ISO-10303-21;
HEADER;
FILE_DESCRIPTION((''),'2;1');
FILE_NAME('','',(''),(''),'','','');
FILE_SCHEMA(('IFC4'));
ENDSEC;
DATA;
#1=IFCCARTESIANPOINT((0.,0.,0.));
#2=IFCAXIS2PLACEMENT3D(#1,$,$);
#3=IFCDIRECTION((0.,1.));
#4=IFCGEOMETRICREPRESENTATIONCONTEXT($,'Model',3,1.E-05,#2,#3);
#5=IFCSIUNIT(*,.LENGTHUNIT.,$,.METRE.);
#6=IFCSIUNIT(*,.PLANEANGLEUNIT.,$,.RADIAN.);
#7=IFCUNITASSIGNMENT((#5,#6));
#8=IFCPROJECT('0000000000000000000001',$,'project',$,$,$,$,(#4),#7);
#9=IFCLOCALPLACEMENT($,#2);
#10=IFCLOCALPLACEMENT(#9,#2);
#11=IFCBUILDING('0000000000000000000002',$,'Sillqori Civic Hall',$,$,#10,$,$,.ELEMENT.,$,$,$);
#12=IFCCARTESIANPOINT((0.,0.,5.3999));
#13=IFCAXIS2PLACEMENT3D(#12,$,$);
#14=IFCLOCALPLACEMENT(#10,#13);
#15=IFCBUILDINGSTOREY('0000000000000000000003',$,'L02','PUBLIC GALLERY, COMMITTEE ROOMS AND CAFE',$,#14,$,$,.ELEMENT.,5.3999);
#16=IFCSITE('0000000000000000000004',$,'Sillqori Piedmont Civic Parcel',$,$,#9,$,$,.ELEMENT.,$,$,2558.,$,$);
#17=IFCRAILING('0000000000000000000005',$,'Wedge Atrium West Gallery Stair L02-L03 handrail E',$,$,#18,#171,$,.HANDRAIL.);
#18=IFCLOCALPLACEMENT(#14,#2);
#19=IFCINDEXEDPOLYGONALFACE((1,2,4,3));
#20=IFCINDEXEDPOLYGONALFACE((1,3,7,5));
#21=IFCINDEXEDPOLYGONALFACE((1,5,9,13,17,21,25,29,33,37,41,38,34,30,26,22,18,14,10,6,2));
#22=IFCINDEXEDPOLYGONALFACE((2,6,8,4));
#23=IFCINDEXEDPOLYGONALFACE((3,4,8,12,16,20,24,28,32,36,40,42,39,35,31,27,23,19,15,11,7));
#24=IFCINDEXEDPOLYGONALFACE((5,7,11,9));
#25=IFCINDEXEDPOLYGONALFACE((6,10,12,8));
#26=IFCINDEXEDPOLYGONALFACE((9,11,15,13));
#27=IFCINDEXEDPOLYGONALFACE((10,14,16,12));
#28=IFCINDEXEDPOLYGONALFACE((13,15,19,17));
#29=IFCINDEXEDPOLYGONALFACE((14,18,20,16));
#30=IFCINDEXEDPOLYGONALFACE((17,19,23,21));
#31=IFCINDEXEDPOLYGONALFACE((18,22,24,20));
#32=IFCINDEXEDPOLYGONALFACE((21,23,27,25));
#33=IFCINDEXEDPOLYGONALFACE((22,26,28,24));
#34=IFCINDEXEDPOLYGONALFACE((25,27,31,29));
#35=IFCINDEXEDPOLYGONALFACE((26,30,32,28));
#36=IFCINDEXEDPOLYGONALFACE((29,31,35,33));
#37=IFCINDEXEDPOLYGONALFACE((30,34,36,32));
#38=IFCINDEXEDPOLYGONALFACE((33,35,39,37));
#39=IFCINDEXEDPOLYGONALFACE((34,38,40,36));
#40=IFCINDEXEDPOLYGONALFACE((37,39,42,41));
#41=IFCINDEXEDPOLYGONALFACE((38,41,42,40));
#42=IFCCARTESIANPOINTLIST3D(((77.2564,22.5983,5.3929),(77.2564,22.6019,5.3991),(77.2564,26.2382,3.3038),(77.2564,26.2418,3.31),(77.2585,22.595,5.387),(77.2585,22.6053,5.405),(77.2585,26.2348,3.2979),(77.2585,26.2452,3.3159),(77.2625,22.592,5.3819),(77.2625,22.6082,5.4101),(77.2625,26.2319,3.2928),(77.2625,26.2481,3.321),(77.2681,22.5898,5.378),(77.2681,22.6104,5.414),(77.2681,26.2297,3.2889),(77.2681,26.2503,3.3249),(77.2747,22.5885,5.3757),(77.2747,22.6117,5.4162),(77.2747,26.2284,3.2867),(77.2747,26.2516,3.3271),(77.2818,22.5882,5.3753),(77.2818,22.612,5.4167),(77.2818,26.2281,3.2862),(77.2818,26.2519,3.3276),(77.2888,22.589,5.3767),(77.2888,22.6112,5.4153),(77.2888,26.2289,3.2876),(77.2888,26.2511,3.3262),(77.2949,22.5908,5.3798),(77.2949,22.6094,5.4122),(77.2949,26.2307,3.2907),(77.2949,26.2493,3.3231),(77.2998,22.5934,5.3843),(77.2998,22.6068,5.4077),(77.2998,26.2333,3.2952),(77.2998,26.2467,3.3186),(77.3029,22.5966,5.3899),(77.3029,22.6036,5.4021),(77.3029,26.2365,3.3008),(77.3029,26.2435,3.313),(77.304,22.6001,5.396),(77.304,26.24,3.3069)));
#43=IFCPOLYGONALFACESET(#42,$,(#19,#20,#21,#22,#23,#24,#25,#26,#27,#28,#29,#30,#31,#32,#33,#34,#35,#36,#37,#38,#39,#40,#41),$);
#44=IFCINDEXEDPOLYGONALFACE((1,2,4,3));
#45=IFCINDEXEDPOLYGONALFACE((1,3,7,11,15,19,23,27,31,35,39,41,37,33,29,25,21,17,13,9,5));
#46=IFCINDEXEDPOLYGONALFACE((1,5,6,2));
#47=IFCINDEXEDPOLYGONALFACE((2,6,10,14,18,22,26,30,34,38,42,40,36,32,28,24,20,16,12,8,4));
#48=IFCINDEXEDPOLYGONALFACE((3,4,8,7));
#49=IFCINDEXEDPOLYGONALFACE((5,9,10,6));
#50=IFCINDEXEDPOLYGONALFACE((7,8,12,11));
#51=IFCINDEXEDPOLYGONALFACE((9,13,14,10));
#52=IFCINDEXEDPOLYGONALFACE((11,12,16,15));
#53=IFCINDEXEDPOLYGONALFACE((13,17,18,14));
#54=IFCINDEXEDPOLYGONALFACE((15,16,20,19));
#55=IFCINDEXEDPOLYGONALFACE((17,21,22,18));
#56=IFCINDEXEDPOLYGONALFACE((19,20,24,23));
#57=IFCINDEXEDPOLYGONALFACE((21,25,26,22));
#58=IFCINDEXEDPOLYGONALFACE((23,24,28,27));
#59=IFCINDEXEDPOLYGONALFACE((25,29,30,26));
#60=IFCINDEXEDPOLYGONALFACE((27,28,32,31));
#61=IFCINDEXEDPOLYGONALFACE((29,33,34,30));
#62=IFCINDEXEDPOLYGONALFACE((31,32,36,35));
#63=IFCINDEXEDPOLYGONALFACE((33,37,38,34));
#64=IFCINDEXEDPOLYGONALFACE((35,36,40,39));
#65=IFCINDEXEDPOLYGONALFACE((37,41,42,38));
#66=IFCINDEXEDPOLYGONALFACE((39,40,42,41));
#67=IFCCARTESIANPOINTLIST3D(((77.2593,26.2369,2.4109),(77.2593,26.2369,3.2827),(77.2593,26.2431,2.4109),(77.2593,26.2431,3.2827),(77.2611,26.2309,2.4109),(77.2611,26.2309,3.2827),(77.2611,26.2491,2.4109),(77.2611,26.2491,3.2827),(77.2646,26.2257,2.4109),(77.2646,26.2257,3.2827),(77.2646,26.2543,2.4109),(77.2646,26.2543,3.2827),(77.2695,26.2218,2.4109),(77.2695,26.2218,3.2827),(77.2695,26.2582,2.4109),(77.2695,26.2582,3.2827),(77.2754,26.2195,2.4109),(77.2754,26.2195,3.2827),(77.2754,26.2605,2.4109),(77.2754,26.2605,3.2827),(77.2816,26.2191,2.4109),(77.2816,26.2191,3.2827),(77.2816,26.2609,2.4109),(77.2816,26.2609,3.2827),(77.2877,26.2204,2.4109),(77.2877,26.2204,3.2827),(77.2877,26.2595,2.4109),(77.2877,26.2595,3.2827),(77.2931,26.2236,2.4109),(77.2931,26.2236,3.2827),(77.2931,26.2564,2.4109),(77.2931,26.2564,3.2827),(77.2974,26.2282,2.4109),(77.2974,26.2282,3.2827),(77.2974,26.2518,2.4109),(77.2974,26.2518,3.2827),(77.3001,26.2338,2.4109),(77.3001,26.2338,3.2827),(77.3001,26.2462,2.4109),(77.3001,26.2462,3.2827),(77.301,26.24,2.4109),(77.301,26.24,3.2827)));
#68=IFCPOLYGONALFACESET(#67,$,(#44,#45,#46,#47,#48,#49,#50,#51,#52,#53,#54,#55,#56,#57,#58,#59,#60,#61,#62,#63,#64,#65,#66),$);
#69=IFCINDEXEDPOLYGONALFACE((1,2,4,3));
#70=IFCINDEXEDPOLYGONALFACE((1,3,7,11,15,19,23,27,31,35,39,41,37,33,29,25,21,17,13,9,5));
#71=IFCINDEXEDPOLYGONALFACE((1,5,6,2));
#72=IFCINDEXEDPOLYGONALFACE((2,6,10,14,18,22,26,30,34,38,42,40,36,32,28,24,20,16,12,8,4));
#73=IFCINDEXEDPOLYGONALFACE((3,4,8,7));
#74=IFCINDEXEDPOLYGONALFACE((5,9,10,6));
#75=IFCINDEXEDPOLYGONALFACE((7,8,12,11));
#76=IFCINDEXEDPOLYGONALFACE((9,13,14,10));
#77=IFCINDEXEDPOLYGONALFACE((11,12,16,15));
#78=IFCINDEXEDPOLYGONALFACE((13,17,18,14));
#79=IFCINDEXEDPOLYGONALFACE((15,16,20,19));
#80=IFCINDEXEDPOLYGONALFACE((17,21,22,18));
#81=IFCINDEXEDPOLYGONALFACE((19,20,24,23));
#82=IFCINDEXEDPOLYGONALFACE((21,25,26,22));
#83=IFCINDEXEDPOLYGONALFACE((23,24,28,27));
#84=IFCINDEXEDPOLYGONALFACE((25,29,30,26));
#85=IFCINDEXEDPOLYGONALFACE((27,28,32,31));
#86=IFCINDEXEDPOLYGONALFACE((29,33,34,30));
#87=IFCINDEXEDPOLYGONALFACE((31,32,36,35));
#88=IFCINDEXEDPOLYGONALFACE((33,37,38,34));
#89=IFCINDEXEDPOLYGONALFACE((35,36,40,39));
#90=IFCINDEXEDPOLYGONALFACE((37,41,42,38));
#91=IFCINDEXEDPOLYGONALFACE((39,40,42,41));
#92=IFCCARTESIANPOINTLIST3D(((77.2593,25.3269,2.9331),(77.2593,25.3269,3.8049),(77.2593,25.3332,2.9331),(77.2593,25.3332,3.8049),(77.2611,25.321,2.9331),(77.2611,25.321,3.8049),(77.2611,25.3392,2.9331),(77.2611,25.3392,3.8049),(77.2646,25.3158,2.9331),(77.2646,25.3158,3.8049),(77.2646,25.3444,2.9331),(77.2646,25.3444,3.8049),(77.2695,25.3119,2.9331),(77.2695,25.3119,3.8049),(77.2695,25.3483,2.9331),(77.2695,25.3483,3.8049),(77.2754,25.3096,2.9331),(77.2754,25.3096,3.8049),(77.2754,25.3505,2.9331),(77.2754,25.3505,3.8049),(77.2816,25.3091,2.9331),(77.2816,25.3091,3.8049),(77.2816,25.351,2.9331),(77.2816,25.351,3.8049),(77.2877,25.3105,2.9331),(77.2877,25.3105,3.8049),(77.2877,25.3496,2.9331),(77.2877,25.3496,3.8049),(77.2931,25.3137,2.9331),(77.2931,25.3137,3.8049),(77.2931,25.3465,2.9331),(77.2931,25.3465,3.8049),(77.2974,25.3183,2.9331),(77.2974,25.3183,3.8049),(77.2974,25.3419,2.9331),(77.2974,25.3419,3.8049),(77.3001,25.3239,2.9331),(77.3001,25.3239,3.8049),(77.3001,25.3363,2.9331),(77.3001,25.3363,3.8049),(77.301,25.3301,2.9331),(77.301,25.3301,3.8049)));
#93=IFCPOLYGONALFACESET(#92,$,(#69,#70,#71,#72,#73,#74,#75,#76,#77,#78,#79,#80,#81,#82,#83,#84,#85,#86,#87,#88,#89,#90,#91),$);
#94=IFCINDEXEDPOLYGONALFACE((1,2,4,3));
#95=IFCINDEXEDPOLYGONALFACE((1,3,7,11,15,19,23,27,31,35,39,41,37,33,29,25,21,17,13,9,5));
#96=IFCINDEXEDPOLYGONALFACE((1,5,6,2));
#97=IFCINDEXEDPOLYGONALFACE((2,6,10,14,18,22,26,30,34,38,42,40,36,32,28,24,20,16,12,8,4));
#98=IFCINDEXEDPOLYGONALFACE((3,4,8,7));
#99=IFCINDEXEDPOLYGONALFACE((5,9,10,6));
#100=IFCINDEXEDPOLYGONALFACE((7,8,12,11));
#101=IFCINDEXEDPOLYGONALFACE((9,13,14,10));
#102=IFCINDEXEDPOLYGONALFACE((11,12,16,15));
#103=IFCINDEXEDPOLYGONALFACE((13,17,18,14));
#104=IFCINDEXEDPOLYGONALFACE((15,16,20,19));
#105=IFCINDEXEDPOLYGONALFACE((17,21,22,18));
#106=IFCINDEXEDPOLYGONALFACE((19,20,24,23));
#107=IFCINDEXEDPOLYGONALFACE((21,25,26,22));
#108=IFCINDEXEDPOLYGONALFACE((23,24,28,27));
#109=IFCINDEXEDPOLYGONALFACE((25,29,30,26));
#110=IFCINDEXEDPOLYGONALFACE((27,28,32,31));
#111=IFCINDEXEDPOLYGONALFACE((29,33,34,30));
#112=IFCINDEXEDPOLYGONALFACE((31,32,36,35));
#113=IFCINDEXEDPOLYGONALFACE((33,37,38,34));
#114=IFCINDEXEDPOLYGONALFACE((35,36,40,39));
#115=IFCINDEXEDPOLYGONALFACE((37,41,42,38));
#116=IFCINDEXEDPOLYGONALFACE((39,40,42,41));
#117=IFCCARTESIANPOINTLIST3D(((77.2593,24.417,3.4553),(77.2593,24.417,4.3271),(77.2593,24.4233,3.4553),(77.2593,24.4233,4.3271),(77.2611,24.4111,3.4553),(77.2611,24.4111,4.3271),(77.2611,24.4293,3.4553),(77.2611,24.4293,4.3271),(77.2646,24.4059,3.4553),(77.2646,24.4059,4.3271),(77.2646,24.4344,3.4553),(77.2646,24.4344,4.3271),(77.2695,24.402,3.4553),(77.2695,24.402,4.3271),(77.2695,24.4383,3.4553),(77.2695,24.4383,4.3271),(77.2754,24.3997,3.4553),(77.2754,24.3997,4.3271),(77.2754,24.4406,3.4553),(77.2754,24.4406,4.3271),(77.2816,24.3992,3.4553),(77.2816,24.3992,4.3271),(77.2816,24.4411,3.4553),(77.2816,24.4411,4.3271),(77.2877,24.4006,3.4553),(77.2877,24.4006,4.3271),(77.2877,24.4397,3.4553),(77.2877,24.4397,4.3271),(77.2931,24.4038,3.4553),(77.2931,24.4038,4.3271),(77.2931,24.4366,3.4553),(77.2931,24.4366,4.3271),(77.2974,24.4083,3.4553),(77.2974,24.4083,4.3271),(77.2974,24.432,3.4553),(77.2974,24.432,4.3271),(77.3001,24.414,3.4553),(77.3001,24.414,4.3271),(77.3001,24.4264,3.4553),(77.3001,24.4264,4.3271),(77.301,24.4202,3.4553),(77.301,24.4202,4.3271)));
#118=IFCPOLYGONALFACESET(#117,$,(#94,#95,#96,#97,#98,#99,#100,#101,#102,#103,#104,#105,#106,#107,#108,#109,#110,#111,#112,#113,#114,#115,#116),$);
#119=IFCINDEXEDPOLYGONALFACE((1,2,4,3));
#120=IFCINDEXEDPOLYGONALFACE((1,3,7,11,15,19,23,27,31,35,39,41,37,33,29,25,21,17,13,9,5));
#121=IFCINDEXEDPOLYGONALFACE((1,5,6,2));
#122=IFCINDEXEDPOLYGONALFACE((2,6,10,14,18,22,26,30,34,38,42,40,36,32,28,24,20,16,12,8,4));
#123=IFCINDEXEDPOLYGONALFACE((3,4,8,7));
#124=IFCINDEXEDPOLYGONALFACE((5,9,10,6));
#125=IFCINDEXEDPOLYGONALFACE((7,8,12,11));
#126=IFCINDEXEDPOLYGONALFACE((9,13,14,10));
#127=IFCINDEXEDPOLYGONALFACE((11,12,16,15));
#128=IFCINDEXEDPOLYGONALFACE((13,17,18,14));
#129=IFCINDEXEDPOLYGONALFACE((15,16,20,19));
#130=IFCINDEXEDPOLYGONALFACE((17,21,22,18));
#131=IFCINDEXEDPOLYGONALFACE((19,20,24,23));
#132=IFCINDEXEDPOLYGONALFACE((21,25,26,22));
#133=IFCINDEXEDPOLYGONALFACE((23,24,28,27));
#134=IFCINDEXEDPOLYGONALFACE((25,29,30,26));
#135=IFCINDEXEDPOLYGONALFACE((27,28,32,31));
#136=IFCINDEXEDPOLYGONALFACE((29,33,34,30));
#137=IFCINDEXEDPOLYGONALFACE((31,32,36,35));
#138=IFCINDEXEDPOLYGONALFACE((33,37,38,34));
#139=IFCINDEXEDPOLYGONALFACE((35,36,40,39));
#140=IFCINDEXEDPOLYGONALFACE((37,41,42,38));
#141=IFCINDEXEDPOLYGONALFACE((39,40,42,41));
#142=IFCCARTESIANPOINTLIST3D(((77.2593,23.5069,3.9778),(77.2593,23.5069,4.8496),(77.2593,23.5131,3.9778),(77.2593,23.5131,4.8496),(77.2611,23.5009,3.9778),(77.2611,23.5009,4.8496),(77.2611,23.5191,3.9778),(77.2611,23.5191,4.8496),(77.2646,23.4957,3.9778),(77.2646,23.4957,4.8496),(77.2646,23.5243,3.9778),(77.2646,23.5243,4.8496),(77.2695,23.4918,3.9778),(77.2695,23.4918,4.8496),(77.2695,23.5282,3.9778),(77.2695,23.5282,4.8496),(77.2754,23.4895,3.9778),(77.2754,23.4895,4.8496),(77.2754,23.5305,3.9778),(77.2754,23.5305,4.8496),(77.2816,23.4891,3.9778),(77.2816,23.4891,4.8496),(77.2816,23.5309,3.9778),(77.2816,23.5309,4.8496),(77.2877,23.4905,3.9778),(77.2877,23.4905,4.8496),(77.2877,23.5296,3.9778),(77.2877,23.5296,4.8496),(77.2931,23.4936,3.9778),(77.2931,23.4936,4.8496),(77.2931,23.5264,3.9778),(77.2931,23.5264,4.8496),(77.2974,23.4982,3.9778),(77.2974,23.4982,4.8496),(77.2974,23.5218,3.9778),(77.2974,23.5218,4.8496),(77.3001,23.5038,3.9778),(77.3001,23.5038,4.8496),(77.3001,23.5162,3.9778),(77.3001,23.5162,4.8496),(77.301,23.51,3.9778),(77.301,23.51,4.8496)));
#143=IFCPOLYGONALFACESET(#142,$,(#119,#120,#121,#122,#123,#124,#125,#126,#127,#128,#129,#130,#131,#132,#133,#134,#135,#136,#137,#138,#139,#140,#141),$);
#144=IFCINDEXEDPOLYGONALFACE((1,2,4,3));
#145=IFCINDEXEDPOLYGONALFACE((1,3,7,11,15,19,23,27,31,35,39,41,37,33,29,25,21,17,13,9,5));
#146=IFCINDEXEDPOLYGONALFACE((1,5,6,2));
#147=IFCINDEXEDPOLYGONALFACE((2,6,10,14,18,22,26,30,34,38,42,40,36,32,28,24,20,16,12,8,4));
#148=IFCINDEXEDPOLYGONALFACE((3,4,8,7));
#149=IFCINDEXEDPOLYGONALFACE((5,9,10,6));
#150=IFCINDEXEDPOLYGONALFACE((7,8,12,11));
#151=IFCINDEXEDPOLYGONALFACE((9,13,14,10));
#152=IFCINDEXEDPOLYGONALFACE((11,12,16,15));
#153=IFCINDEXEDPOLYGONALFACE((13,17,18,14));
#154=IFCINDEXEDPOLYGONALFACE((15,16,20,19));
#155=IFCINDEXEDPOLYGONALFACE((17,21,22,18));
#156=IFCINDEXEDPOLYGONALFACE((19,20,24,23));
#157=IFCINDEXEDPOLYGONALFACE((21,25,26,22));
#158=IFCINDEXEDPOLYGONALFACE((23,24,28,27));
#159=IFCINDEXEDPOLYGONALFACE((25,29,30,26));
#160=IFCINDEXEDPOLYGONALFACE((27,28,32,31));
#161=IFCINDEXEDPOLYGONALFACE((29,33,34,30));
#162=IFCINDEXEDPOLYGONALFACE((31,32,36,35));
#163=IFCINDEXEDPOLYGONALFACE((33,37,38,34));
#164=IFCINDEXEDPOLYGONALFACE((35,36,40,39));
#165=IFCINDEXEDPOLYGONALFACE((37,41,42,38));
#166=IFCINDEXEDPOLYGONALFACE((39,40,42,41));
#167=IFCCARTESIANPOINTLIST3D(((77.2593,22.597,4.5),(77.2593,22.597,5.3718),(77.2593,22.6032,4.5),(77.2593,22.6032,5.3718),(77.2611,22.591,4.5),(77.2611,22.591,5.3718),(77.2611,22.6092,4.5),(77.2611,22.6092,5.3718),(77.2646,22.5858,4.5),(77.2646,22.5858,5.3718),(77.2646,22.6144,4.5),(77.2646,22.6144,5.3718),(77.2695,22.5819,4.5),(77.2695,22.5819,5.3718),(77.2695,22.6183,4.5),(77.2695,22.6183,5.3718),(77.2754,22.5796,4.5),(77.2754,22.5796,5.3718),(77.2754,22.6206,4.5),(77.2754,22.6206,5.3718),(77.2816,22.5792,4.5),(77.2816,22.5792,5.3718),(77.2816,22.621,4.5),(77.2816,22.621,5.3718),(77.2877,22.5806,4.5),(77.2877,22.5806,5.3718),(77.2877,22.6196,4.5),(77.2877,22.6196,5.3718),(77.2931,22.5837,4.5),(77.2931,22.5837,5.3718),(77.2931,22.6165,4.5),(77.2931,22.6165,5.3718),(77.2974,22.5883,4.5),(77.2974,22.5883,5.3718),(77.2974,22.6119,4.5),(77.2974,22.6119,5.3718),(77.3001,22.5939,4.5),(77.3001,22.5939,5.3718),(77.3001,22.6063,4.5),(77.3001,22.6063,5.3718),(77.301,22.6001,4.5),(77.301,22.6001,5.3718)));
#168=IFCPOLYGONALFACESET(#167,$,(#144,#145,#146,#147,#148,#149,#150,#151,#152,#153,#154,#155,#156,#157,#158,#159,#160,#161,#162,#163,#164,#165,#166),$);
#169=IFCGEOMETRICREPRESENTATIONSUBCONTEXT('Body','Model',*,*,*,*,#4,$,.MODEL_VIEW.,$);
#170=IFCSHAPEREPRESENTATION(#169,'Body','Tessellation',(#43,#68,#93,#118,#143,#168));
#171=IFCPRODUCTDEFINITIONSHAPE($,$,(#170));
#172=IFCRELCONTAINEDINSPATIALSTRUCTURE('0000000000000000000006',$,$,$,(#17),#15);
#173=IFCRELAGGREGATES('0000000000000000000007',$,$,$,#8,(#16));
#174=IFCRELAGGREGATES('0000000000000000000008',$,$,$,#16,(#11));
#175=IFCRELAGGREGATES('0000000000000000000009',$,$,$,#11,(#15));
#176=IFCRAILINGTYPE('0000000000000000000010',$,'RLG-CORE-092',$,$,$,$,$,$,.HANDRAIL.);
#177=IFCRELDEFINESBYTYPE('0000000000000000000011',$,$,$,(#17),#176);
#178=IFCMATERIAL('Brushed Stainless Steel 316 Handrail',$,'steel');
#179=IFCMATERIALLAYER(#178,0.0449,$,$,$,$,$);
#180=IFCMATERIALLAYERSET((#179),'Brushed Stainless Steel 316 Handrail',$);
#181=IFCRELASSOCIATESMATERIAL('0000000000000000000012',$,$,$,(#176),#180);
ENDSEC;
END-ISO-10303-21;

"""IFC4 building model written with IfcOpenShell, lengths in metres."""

from ifc_helpers import new_model, si_unit, direction, frame, origin, origin_2d, place, context, subcontext, project, spatial, circle, extrude, material, layer, layer_set, type_object, element, save


model = new_model("IFC4")

# Units and contexts
model_context = context("Model", 3, precision=1e-05, world=origin(), true_north=direction((0.0, 1.0)))
body_context = subcontext(model_context, "Body", "Model", "MODEL_VIEW")
ifc_project = project(units=[si_unit("LENGTHUNIT", "METRE"), si_unit("PLANEANGLEUNIT", "RADIAN")], contexts=[model_context])

# Site, building, storey
site_placement = place(None, origin())
site = spatial("IfcSite", under=ifc_project, at=site_placement, Name="Sillqori Piedmont Civic Parcel", CompositionType="ELEMENT", RefElevation=2558.0)
building_placement = place(site_placement, origin())
building = spatial("IfcBuilding", under=site, at=building_placement, Name="Sillqori Civic Hall", CompositionType="ELEMENT")
storey_placement = place(building_placement, frame((0.0, 0.0, 5.3999)))
storey = spatial("IfcBuildingStorey", under=building, at=storey_placement, Name="L02", Description="PUBLIC GALLERY, COMMITTEE ROOMS AND CAFE", CompositionType="ELEMENT", Elevation=5.3999)

# Railing
ifc_material_1 = material(Name="Brushed Stainless Steel 316 Handrail", Category="steel")
ifc_layer_1 = layer(ifc_material_1, 0.0449)
ifc_layer_set_1 = layer_set([ifc_layer_1], Name="Brushed Stainless Steel 316 Handrail")
railing_type_1 = type_object("IfcRailingType", Name="RLG-CORE-092", PredefinedType="HANDRAIL", material=ifc_layer_set_1)
railing_1_placement = place(storey_placement, frame((77.28, 26.24, 2.4109)))
element("IfcRailing", 1, at=railing_1_placement, inside=storey, type_object=railing_type_1, Name="Wedge Atrium West Gallery Stair L02-L03 handrail E", PredefinedType="HANDRAIL", context=body_context, shape_type="SweptSolid", body=[
    extrude(circle(Radius=0.0239, at=origin_2d()), frame((0.0, 0.0, 0.896), z_axis=(0.0, -0.8673, 0.497786), x_axis=(1.0, 0.0, 0.0)), (0.0, 0.0, 1.0), 4.1968),
    extrude(circle(Radius=0.021, at=origin_2d()), origin(), (0.0, 0.0, 1.0), 0.8718),
    extrude(circle(Radius=0.021, at=origin_2d()), frame((0.0, -0.9099, 0.5222)), (0.0, 0.0, 1.0), 0.8718),
    extrude(circle(Radius=0.021, at=origin_2d()), frame((0.0, -1.8198, 1.0444)), (0.0, 0.0, 1.0), 0.8718),
    extrude(circle(Radius=0.021, at=origin_2d()), frame((0.0, -2.73, 1.5669)), (0.0, 0.0, 1.0), 0.8718),
    extrude(circle(Radius=0.021, at=origin_2d()), frame((0.0, -3.6399, 2.0891)), (0.0, 0.0, 1.0), 0.8718),
])

save(model, "model.ifc")
